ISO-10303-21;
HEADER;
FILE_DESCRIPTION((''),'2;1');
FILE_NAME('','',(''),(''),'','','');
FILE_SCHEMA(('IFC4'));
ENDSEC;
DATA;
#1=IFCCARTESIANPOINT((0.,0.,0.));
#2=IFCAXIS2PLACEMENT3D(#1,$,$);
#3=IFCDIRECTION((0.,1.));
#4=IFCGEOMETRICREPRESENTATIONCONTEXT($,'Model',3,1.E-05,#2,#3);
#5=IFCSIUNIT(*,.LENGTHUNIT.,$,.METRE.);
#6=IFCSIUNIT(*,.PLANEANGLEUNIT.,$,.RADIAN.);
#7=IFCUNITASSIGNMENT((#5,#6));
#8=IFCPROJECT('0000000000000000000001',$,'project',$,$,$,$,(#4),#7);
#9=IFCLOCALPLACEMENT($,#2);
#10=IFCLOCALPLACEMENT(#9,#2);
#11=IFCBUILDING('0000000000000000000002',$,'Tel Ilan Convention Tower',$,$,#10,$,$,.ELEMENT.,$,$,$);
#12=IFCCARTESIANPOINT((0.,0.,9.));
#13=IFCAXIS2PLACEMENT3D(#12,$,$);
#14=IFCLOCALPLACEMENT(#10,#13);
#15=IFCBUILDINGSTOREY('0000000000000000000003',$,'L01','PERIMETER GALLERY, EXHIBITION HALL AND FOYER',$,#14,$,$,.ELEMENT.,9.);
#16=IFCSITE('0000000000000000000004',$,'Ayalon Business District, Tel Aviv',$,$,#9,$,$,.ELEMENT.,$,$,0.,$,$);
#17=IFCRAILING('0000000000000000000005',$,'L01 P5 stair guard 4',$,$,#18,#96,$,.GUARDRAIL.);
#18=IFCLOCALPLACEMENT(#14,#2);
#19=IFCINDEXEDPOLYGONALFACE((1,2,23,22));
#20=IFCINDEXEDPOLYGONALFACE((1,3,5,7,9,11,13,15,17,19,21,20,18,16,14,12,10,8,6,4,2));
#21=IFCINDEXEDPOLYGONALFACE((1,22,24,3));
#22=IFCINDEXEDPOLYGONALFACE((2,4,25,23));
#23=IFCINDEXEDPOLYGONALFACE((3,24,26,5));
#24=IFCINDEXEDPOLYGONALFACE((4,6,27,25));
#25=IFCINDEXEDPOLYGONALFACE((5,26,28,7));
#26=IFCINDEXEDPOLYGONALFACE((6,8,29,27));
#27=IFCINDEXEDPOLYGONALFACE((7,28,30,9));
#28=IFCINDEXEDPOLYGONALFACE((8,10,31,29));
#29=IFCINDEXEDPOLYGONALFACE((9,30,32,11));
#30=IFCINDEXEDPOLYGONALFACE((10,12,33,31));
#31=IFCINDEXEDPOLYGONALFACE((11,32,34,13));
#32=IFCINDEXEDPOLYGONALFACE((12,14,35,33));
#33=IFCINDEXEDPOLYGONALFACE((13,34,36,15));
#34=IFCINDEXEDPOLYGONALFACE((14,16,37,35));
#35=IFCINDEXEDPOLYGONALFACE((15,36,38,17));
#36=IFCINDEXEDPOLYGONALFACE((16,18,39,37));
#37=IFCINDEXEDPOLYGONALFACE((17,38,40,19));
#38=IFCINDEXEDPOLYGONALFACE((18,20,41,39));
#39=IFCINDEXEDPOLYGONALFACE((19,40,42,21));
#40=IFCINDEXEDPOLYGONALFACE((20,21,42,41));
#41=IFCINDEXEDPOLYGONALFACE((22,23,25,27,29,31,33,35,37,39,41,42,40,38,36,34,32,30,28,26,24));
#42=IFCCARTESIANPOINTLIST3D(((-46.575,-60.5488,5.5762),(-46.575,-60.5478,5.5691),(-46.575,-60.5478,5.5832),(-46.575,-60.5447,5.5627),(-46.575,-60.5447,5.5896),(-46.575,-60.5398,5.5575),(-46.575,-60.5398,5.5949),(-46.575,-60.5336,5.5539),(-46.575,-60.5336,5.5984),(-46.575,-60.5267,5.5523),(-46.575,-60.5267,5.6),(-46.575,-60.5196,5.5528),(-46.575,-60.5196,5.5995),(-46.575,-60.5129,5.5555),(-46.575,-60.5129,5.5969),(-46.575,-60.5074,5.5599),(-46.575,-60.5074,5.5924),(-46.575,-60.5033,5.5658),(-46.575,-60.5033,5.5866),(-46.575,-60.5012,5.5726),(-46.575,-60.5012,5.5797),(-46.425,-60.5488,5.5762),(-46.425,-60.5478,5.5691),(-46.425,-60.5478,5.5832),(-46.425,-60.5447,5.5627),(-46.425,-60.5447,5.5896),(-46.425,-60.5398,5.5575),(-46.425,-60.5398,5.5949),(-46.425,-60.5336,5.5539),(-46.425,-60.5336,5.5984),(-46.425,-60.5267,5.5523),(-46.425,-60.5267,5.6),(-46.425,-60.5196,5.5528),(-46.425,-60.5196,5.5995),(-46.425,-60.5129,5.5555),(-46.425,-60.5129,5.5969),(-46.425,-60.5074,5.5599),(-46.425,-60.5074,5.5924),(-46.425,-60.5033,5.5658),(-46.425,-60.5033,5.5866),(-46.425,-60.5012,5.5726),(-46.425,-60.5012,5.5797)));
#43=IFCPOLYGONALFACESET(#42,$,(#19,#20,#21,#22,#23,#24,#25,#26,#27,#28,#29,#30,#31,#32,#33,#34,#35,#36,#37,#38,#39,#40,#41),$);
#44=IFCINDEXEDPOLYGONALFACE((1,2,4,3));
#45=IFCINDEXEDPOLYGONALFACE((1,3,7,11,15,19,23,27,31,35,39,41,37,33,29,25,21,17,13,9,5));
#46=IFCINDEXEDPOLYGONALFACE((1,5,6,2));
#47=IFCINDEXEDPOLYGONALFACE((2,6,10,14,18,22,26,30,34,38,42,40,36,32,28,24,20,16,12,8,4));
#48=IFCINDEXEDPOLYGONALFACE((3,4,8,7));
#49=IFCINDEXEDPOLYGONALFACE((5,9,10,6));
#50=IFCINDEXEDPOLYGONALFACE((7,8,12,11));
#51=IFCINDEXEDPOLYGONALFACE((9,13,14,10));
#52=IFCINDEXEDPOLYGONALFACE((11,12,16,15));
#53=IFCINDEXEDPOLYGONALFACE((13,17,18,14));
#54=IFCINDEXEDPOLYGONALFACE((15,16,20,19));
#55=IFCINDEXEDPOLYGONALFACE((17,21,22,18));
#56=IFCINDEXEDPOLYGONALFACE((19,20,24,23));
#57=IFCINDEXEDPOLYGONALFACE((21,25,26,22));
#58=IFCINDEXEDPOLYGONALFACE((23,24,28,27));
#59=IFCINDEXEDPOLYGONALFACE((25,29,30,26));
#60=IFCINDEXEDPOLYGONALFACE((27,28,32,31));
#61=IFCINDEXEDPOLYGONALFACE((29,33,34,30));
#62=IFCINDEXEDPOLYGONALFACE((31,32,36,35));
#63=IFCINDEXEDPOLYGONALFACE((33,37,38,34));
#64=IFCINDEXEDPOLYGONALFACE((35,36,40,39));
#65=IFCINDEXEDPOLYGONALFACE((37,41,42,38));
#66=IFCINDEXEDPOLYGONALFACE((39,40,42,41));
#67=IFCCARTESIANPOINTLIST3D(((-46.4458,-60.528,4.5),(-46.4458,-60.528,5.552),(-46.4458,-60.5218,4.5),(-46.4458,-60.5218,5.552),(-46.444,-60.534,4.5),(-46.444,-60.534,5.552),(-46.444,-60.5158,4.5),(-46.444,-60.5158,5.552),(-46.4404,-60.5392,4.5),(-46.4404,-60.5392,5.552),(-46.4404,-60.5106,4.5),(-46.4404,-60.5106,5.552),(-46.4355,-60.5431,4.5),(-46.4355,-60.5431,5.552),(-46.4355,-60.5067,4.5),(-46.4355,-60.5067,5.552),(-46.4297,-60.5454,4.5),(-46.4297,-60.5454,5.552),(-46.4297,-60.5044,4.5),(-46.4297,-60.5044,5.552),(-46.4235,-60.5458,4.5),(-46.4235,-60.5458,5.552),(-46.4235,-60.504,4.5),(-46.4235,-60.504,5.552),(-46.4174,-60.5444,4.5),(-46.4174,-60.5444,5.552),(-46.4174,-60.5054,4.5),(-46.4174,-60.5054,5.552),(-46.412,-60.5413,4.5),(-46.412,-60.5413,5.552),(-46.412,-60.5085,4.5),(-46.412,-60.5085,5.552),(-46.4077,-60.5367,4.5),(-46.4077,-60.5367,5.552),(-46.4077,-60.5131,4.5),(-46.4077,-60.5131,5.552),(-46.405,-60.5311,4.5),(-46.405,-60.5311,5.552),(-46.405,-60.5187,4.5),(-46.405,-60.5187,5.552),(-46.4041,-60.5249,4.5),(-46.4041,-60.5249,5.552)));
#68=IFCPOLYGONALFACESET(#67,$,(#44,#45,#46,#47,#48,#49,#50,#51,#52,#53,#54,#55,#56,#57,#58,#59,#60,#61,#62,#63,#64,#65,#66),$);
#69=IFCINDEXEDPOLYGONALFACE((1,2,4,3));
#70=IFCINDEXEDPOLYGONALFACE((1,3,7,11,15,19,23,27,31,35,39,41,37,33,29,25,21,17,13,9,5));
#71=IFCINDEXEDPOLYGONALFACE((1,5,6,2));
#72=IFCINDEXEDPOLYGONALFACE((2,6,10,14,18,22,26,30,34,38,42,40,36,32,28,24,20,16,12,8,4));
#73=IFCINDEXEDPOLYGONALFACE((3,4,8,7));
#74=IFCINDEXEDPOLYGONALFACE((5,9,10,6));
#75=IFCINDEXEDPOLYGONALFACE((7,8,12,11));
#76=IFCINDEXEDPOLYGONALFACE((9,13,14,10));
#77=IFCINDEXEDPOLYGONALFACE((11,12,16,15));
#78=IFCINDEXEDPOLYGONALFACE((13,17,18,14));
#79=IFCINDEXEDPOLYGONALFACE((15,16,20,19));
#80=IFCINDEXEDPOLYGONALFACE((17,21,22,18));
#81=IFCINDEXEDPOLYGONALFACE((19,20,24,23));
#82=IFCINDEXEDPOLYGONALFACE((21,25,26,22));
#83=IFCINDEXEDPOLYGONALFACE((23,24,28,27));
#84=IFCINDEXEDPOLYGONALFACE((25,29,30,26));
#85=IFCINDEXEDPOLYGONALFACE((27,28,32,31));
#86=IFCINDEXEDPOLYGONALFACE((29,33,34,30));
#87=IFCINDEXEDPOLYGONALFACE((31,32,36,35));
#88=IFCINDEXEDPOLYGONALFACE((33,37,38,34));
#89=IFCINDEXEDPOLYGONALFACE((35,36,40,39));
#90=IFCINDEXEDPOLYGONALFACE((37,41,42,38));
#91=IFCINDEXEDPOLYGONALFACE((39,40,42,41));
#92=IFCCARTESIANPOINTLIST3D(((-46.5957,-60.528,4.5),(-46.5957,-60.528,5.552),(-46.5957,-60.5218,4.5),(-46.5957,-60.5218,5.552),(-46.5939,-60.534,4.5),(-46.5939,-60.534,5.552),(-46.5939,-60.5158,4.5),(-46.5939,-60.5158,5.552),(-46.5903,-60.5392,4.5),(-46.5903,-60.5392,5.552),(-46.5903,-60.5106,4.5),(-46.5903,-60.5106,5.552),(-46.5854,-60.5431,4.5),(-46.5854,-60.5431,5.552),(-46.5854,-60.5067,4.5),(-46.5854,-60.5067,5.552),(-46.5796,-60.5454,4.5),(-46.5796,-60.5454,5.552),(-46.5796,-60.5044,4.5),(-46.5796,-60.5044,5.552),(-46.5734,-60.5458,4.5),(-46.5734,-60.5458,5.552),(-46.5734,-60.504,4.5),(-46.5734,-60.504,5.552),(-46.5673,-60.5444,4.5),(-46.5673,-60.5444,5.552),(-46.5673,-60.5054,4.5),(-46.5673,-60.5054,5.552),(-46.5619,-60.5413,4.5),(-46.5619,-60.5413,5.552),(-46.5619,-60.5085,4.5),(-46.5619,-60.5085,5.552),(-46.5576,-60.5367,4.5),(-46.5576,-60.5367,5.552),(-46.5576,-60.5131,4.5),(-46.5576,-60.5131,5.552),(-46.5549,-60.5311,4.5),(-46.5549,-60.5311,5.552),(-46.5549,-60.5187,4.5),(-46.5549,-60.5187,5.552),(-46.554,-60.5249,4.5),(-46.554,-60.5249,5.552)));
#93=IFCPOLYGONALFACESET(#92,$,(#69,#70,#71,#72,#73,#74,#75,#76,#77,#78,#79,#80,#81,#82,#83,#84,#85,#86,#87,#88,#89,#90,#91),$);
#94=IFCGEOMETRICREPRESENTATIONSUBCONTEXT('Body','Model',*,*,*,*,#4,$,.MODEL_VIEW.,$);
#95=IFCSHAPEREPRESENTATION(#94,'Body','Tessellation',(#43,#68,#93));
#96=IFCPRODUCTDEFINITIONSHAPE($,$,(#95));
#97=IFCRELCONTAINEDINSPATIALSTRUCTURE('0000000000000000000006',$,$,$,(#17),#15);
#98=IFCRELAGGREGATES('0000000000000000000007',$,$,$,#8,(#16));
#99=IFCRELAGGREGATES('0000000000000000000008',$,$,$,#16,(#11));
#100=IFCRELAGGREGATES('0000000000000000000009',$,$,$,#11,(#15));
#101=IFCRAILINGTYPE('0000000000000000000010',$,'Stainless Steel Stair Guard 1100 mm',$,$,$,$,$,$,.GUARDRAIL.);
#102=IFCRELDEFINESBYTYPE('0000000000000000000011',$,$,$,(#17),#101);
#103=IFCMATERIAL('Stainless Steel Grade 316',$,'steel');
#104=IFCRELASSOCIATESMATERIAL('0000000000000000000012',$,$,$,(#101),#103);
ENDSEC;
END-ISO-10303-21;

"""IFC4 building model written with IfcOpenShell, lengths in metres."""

from ifc_helpers import new_model, si_unit, direction, frame, origin, origin_2d, place, context, subcontext, project, spatial, circle, extrude, material, type_object, element, save


model = new_model("IFC4")

# Units and contexts
model_context = context("Model", 3, precision=1e-05, world=origin(), true_north=direction((0.0, 1.0)))
body_context = subcontext(model_context, "Body", "Model", "MODEL_VIEW")
ifc_project = project(units=[si_unit("LENGTHUNIT", "METRE"), si_unit("PLANEANGLEUNIT", "RADIAN")], contexts=[model_context])

# Site, building, storey
site_placement = place(None, origin())
site = spatial("IfcSite", under=ifc_project, at=site_placement, Name="Ayalon Business District, Tel Aviv", CompositionType="ELEMENT", RefElevation=0.0)
building_placement = place(site_placement, origin())
building = spatial("IfcBuilding", under=site, at=building_placement, Name="Tel Ilan Convention Tower", CompositionType="ELEMENT")
storey_placement = place(building_placement, frame((0.0, 0.0, 9.0)))
storey = spatial("IfcBuildingStorey", under=building, at=storey_placement, Name="L01", Description="PERIMETER GALLERY, EXHIBITION HALL AND FOYER", CompositionType="ELEMENT", Elevation=9.0)

# Railing
ifc_material_1 = material(Name="Stainless Steel Grade 316", Category="steel")
railing_type_1 = type_object("IfcRailingType", Name="Stainless Steel Stair Guard 1100 mm", PredefinedType="GUARDRAIL", material=ifc_material_1)
railing_1_placement = place(storey_placement, frame((-46.425, -60.5249, 4.5)))
element("IfcRailing", 1, at=railing_1_placement, inside=storey, type_object=railing_type_1, Name="L01 P5 stair guard 4", PredefinedType="GUARDRAIL", context=body_context, shape_type="SweptSolid", body=[
    extrude(circle(Radius=0.0239, at=origin_2d()), frame((0.0, 0.0, 1.0762), z_axis=(-1.0, 0.0, 0.0), x_axis=(0.0, -1.0, 0.0)), (0.0, 0.0, 1.0), 0.1499),
    extrude(circle(Radius=0.021, at=origin_2d()), origin(), (0.0, 0.0, 1.0), 1.052),
    extrude(circle(Radius=0.021, at=origin_2d()), frame((-0.1499, 0.0, 0.0)), (0.0, 0.0, 1.0), 1.052),
])

save(model, "model.ifc")
